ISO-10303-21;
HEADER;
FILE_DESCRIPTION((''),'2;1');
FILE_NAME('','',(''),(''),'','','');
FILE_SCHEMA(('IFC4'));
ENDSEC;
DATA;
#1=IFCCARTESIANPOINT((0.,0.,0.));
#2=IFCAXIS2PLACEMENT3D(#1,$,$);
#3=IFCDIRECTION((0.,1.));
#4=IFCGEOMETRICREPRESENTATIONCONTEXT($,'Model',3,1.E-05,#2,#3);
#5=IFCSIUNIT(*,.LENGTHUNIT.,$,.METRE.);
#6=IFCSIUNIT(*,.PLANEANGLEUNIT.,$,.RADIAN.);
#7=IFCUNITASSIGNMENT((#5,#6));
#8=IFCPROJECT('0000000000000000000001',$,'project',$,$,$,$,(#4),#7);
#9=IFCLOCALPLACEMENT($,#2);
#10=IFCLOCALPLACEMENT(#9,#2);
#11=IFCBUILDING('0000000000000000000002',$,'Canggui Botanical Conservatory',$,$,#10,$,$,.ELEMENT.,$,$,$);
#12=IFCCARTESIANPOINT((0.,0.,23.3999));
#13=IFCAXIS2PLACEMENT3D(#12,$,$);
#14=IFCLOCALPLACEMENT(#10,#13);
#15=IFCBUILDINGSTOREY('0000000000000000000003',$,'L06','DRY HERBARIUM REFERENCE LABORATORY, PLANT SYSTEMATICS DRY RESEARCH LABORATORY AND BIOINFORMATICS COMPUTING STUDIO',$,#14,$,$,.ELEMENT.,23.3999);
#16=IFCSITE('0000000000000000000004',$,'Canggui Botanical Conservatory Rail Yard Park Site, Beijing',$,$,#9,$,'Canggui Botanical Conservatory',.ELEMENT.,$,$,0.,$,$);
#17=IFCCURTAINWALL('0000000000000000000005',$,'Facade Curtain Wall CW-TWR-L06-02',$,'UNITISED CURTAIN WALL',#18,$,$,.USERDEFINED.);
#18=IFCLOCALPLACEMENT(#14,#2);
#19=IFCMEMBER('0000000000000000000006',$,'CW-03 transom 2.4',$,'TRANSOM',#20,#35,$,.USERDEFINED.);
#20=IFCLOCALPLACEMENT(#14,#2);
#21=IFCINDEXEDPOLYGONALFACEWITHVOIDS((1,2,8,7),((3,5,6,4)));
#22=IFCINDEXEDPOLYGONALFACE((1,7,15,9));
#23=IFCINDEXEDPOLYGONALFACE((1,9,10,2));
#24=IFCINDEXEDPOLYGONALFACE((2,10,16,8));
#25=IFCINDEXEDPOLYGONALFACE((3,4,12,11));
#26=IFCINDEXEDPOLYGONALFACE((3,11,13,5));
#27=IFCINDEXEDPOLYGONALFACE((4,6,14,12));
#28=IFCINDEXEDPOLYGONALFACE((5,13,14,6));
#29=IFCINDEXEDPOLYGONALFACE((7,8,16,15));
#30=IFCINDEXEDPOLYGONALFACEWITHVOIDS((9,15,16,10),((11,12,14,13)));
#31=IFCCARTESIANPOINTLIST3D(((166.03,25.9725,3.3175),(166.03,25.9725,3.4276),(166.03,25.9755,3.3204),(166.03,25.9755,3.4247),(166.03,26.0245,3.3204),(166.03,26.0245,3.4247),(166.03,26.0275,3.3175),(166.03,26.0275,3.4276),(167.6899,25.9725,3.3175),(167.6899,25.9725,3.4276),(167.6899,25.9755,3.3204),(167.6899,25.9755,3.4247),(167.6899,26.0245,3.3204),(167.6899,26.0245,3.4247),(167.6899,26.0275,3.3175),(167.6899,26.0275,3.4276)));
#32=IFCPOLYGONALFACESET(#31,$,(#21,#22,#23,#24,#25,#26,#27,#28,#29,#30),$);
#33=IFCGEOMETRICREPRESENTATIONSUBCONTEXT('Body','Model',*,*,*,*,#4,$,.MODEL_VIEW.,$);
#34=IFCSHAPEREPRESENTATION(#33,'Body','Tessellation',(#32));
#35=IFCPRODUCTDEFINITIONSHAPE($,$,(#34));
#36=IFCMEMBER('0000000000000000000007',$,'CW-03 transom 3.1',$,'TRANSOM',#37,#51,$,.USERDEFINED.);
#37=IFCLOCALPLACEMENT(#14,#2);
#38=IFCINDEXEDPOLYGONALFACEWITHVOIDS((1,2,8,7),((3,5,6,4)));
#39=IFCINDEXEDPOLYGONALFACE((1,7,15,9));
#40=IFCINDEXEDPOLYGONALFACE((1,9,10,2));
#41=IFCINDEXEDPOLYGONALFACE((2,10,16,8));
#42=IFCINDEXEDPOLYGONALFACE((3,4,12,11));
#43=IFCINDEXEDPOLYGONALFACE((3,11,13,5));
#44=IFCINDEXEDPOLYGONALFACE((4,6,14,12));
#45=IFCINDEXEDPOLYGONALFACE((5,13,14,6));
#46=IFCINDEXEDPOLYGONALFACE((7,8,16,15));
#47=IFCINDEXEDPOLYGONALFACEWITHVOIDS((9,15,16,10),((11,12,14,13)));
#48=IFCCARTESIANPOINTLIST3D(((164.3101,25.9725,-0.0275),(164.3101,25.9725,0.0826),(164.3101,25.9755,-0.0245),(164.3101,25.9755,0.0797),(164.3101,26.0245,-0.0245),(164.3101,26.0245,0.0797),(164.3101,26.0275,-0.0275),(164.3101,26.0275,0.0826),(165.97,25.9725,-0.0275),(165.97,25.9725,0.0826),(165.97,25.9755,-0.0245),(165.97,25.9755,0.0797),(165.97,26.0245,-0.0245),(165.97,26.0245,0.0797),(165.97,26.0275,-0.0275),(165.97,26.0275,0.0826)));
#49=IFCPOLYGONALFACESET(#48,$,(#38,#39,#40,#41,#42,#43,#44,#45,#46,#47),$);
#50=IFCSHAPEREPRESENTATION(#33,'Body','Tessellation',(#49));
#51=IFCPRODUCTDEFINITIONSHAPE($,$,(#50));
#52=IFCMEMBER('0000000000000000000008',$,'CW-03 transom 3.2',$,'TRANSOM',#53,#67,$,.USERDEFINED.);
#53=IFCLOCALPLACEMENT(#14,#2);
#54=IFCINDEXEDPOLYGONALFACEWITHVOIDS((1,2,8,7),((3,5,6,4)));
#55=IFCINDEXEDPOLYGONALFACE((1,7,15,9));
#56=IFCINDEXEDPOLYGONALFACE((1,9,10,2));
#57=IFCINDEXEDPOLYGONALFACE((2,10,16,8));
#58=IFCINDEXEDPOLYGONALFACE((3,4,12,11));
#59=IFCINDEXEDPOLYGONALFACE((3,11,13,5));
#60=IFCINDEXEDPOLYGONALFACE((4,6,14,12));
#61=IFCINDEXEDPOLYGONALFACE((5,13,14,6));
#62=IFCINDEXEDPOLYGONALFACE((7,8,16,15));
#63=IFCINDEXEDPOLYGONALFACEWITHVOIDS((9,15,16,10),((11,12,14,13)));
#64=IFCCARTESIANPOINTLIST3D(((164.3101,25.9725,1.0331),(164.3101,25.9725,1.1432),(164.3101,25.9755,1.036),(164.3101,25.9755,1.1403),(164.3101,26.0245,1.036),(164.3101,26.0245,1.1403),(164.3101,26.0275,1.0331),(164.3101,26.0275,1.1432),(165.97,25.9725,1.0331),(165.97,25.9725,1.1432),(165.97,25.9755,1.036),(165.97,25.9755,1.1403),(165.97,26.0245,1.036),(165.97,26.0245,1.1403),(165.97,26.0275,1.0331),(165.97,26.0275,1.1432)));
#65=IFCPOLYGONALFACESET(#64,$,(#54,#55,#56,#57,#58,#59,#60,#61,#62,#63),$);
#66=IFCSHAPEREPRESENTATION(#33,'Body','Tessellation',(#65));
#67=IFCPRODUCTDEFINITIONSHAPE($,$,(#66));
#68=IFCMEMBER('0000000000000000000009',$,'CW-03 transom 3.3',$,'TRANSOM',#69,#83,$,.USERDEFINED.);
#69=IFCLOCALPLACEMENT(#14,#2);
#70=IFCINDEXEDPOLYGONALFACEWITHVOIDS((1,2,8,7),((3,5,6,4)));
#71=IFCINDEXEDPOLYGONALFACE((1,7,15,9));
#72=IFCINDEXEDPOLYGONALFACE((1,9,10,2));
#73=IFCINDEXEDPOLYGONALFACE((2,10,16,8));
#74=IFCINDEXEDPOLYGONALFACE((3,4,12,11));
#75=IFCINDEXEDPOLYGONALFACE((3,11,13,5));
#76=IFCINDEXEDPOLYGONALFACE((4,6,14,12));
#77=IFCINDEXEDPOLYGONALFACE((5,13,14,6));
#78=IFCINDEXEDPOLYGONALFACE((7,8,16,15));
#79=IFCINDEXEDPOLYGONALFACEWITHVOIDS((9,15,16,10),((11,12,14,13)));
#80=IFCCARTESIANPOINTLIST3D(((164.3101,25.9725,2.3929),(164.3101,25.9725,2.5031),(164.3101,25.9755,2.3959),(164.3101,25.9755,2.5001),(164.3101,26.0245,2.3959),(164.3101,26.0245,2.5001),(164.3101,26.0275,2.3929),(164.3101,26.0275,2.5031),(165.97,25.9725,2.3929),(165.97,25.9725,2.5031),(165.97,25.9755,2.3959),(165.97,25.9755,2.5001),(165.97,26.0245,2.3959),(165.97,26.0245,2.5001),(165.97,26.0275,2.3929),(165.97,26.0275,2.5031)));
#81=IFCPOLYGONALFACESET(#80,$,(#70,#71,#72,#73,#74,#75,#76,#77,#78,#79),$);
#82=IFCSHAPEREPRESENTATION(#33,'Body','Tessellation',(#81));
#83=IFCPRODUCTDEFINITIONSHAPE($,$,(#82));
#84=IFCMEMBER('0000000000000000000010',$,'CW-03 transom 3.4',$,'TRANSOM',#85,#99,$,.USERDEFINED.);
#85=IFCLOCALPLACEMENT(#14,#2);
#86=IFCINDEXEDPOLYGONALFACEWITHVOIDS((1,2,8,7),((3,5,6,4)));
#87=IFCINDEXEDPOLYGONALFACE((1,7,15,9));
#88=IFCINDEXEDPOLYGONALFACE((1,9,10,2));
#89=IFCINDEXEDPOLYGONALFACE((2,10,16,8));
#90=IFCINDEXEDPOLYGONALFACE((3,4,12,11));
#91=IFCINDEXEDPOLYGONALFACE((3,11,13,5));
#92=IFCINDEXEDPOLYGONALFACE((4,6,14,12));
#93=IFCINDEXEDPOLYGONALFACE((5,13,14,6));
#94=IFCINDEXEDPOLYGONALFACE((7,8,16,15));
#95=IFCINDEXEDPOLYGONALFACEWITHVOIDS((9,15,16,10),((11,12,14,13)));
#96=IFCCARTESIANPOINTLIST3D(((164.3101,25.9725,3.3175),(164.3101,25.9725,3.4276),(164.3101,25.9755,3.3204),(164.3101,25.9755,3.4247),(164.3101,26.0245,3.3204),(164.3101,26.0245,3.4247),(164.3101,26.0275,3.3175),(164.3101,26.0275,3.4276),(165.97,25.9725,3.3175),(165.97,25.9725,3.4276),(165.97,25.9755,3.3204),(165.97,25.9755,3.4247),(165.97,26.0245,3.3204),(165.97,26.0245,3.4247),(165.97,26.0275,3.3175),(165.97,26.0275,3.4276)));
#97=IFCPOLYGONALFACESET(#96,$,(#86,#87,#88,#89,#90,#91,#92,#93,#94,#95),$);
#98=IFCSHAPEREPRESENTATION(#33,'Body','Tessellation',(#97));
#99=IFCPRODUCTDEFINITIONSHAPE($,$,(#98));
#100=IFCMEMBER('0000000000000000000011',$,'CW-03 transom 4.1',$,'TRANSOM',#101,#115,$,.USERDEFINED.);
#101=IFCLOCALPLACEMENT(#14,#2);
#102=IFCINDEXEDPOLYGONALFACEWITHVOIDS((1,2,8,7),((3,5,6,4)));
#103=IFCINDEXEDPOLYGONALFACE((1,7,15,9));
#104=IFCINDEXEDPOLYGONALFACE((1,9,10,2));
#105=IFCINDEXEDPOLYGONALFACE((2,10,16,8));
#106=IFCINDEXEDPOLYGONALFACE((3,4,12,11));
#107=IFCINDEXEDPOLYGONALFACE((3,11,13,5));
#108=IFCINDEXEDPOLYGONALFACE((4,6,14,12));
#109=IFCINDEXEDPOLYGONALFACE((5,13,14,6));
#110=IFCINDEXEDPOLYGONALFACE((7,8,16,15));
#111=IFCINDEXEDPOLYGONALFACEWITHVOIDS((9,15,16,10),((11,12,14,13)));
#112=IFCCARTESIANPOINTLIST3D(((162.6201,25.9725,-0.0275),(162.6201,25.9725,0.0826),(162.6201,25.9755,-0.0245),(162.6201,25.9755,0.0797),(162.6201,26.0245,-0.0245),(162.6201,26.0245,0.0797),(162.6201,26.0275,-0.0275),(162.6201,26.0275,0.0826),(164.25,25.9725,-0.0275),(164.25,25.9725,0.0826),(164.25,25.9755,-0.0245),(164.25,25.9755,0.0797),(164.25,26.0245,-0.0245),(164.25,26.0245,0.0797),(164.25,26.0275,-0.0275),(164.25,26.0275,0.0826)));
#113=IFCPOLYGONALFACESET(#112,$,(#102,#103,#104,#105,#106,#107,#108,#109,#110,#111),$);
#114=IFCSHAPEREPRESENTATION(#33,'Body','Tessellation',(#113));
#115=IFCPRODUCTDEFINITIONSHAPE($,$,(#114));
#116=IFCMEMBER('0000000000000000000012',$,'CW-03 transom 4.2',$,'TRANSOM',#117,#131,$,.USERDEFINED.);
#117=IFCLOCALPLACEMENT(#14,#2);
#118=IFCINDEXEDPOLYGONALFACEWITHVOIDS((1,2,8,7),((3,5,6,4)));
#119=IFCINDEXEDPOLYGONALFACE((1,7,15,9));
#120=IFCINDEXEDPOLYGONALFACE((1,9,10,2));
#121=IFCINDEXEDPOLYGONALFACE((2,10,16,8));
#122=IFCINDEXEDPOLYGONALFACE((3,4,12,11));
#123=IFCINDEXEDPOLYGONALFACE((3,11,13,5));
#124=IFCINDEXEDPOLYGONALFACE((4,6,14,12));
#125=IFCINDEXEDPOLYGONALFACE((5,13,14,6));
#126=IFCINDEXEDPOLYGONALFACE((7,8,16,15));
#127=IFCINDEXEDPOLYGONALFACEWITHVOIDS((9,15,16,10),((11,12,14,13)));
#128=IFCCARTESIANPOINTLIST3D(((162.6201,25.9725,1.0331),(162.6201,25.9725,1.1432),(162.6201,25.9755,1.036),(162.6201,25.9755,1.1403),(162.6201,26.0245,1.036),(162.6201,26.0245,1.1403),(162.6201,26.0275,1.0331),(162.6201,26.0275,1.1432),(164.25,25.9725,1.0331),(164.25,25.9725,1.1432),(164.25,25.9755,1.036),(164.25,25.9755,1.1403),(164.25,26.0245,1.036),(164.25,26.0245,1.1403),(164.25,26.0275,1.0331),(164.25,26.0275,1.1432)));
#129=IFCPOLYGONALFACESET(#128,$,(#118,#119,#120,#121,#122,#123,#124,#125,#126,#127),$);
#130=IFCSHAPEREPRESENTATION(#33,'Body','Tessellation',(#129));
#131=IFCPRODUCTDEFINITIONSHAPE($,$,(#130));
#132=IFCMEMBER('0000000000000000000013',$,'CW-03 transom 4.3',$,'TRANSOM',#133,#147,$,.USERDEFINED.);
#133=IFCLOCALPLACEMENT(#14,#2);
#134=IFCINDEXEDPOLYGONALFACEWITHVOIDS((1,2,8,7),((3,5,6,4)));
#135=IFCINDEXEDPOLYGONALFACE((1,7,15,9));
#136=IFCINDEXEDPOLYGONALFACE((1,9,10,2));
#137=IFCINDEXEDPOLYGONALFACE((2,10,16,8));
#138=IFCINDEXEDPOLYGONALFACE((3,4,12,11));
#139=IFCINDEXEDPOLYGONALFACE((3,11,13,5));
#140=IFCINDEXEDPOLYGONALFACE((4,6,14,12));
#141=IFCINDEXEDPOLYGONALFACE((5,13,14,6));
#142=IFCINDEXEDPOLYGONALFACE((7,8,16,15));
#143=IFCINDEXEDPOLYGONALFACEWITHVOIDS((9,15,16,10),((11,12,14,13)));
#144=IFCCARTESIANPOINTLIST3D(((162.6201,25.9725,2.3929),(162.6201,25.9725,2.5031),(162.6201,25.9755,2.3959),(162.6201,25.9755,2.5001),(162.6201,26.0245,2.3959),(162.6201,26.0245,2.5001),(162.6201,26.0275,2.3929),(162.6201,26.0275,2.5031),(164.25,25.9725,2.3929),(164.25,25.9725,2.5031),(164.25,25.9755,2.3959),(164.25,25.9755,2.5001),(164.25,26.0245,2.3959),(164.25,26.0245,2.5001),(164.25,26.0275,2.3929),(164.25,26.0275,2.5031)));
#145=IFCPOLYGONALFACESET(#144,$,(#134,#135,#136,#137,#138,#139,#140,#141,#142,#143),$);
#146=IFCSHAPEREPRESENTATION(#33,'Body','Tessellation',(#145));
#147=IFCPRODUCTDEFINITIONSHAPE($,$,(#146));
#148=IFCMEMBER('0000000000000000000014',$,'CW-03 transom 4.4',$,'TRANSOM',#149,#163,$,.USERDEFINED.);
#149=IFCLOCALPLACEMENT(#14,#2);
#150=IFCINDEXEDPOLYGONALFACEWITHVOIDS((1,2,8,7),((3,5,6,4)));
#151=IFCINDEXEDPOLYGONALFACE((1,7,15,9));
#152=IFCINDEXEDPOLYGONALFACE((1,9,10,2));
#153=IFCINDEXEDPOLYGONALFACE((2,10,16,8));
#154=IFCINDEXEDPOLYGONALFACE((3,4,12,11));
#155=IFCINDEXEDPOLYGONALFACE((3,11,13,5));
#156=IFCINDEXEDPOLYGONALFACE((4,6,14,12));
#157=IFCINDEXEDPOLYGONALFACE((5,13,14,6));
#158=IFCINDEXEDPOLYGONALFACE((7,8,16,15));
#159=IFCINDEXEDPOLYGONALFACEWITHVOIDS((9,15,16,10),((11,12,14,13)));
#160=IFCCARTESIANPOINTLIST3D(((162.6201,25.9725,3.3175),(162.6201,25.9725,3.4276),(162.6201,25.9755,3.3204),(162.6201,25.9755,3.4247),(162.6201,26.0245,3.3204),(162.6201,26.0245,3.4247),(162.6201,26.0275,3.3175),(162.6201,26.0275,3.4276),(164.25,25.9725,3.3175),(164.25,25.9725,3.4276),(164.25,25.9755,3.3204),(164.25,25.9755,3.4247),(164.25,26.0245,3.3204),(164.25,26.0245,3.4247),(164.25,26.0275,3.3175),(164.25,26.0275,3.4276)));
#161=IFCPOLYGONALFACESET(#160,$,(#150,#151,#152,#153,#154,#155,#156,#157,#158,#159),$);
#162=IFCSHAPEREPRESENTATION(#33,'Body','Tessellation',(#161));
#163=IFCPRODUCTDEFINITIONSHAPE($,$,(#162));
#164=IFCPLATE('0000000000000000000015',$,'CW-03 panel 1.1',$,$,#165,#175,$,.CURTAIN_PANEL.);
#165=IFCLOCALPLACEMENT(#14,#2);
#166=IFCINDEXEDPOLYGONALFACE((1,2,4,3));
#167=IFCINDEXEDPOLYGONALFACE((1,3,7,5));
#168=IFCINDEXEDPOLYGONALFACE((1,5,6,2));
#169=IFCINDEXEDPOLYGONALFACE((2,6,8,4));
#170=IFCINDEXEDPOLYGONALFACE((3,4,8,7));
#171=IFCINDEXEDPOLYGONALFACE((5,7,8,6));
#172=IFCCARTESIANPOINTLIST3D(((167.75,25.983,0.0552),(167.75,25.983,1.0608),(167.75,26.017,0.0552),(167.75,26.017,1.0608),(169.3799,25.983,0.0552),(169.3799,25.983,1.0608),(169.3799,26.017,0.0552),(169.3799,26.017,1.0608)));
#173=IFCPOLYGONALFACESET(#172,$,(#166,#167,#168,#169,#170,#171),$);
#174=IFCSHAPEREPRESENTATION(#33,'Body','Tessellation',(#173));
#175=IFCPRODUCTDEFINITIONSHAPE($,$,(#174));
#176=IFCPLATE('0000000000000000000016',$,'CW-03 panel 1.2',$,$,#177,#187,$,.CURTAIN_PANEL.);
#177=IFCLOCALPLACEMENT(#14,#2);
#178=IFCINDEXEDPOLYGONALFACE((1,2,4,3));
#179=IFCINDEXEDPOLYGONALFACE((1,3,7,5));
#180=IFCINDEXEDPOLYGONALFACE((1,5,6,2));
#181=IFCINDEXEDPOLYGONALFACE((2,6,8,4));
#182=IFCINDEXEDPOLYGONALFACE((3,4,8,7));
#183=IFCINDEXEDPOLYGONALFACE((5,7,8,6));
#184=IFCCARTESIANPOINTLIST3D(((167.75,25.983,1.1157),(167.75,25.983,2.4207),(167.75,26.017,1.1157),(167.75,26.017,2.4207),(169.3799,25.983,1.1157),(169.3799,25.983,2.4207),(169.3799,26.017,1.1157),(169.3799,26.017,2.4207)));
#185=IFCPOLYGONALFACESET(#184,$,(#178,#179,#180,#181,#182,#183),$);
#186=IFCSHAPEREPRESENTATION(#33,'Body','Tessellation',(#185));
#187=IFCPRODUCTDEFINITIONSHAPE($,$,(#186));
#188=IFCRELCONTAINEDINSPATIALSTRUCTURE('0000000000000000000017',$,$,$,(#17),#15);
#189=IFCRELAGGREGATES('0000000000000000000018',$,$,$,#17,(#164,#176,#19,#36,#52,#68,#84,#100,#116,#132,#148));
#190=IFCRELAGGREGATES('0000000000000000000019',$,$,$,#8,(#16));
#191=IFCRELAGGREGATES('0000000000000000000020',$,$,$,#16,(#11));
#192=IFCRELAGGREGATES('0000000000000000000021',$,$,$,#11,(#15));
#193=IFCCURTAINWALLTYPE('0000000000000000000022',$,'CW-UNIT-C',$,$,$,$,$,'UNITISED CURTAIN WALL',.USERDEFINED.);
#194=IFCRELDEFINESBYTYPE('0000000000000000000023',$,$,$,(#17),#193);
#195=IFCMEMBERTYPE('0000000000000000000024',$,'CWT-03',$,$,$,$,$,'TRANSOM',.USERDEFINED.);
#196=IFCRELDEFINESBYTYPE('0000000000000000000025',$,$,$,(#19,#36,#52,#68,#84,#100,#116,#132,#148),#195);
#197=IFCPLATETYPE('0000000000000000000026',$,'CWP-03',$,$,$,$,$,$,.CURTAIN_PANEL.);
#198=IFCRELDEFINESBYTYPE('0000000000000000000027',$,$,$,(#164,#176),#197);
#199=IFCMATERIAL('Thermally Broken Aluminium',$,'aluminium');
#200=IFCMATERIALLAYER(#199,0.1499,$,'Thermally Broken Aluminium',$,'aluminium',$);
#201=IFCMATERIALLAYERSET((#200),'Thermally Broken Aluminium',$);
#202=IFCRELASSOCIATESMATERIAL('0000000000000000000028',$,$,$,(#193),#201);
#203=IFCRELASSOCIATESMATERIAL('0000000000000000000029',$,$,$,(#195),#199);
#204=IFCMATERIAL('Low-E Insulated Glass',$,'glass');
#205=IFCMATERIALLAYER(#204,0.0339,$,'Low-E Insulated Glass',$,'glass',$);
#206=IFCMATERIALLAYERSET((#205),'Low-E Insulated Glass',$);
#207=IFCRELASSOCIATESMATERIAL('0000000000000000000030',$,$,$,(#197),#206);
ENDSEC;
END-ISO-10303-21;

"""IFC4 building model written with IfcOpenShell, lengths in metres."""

from ifc_helpers import new_model, si_unit, direction, frame, origin, origin_2d, place, context, subcontext, project, spatial, rectangle, hollow_rectangle, extrude, material, layer, layer_set, material_profile, profile_set, type_object, element, aggregate, save


model = new_model("IFC4")

# Units and contexts
model_context = context("Model", 3, precision=1e-05, world=origin(), true_north=direction((0.0, 1.0)))
body_context = subcontext(model_context, "Body", "Model", "MODEL_VIEW")
ifc_project = project(units=[si_unit("LENGTHUNIT", "METRE"), si_unit("PLANEANGLEUNIT", "RADIAN")], contexts=[model_context])

# Site, building, storey
site_placement = place(None, origin())
site = spatial("IfcSite", under=ifc_project, at=site_placement, Name="Canggui Botanical Conservatory Rail Yard Park Site, Beijing", LongName="Canggui Botanical Conservatory", CompositionType="ELEMENT", RefElevation=0.0)
building_placement = place(site_placement, origin())
building = spatial("IfcBuilding", under=site, at=building_placement, Name="Canggui Botanical Conservatory", CompositionType="ELEMENT")
storey_placement = place(building_placement, frame((0.0, 0.0, 23.3999)))
storey = spatial("IfcBuildingStorey", under=building, at=storey_placement, Name="L06", Description="DRY HERBARIUM REFERENCE LABORATORY, PLANT SYSTEMATICS DRY RESEARCH LABORATORY AND BIOINFORMATICS COMPUTING STUDIO", CompositionType="ELEMENT", Elevation=23.3999)

# Curtain wall, members, plates
ifc_material_1 = material(Name="Thermally Broken Aluminium", Category="aluminium")
ifc_layer_1 = layer(ifc_material_1, 0.1499, Name="Thermally Broken Aluminium", Category="aluminium")
ifc_layer_set_1 = layer_set([ifc_layer_1], Name="Thermally Broken Aluminium")
curtain_wall_type = type_object("IfcCurtainWallType", Name="CW-UNIT-C", ElementType="UNITISED CURTAIN WALL", PredefinedType="USERDEFINED", material=ifc_layer_set_1)
curtain_wall_placement = place(storey_placement, origin())
curtain_wall = element("IfcCurtainWall", 1, at=curtain_wall_placement, inside=storey, type_object=curtain_wall_type, Name="Facade Curtain Wall CW-TWR-L06-02", ObjectType="UNITISED CURTAIN WALL", PredefinedType="USERDEFINED")
ifc_material_profile_1 = material_profile(ifc_material_1, hollow_rectangle(XDim=0.0549, YDim=0.1101, WallThickness=0.0029, at=origin_2d()), Name="CWT 55x110x3")
ifc_profile_set_1 = profile_set([ifc_material_profile_1], Name="Thermally Broken Aluminium")
member_type_1 = type_object("IfcMemberType", Name="CWT-03", ElementType="TRANSOM", PredefinedType="USERDEFINED", material=ifc_profile_set_1)
member_1_placement = place(storey_placement, frame((167.6899, 26.0, 3.3726), z_axis=(-1.0, 0.0, 0.0), x_axis=(0.0, -1.0, 0.0)))
member_1 = element("IfcMember", 2, at=member_1_placement, type_object=member_type_1, Name="CW-03 transom 2.4", ObjectType="TRANSOM", PredefinedType="USERDEFINED", context=body_context, shape_type="SweptSolid", body=[
    extrude(hollow_rectangle(XDim=0.0549, YDim=0.1101, WallThickness=0.0029, at=origin_2d()), origin(), (0.0, 0.0, 1.0), 1.6599),
])
member_2_placement = place(storey_placement, frame((165.97, 26.0, 0.0276), z_axis=(-1.0, 0.0, 0.0), x_axis=(0.0, -1.0, 0.0)))
member_2 = element("IfcMember", 3, at=member_2_placement, type_object=member_type_1, Name="CW-03 transom 3.1", ObjectType="TRANSOM", PredefinedType="USERDEFINED", context=body_context, shape_type="SweptSolid", body=[
    extrude(hollow_rectangle(XDim=0.0549, YDim=0.1101, WallThickness=0.0029, at=origin_2d()), origin(), (0.0, 0.0, 1.0), 1.6599),
])
member_3_placement = place(storey_placement, frame((165.97, 26.0, 1.0881), z_axis=(-1.0, 0.0, 0.0), x_axis=(0.0, -1.0, 0.0)))
member_3 = element("IfcMember", 4, at=member_3_placement, type_object=member_type_1, Name="CW-03 transom 3.2", ObjectType="TRANSOM", PredefinedType="USERDEFINED", context=body_context, shape_type="SweptSolid", body=[
    extrude(hollow_rectangle(XDim=0.0549, YDim=0.1101, WallThickness=0.0029, at=origin_2d()), origin(), (0.0, 0.0, 1.0), 1.6599),
])
member_4_placement = place(storey_placement, frame((165.97, 26.0, 2.448), z_axis=(-1.0, 0.0, 0.0), x_axis=(0.0, -1.0, 0.0)))
member_4 = element("IfcMember", 5, at=member_4_placement, type_object=member_type_1, Name="CW-03 transom 3.3", ObjectType="TRANSOM", PredefinedType="USERDEFINED", context=body_context, shape_type="SweptSolid", body=[
    extrude(hollow_rectangle(XDim=0.0549, YDim=0.1101, WallThickness=0.0029, at=origin_2d()), origin(), (0.0, 0.0, 1.0), 1.6599),
])
member_5_placement = place(storey_placement, frame((165.97, 26.0, 3.3726), z_axis=(-1.0, 0.0, 0.0), x_axis=(0.0, -1.0, 0.0)))
member_5 = element("IfcMember", 6, at=member_5_placement, type_object=member_type_1, Name="CW-03 transom 3.4", ObjectType="TRANSOM", PredefinedType="USERDEFINED", context=body_context, shape_type="SweptSolid", body=[
    extrude(hollow_rectangle(XDim=0.0549, YDim=0.1101, WallThickness=0.0029, at=origin_2d()), origin(), (0.0, 0.0, 1.0), 1.6599),
])
member_6_placement = place(storey_placement, frame((164.25, 26.0, 0.0276), z_axis=(-1.0, 0.0, 0.0), x_axis=(0.0, -1.0, 0.0)))
member_6 = element("IfcMember", 7, at=member_6_placement, type_object=member_type_1, Name="CW-03 transom 4.1", ObjectType="TRANSOM", PredefinedType="USERDEFINED", context=body_context, shape_type="SweptSolid", body=[
    extrude(hollow_rectangle(XDim=0.0549, YDim=0.1101, WallThickness=0.0029, at=origin_2d()), origin(), (0.0, 0.0, 1.0), 1.6299),
])
member_7_placement = place(storey_placement, frame((164.25, 26.0, 1.0881), z_axis=(-1.0, 0.0, 0.0), x_axis=(0.0, -1.0, 0.0)))
member_7 = element("IfcMember", 8, at=member_7_placement, type_object=member_type_1, Name="CW-03 transom 4.2", ObjectType="TRANSOM", PredefinedType="USERDEFINED", context=body_context, shape_type="SweptSolid", body=[
    extrude(hollow_rectangle(XDim=0.0549, YDim=0.1101, WallThickness=0.0029, at=origin_2d()), origin(), (0.0, 0.0, 1.0), 1.6299),
])
member_8_placement = place(storey_placement, frame((164.25, 26.0, 2.448), z_axis=(-1.0, 0.0, 0.0), x_axis=(0.0, -1.0, 0.0)))
member_8 = element("IfcMember", 9, at=member_8_placement, type_object=member_type_1, Name="CW-03 transom 4.3", ObjectType="TRANSOM", PredefinedType="USERDEFINED", context=body_context, shape_type="SweptSolid", body=[
    extrude(hollow_rectangle(XDim=0.0549, YDim=0.1101, WallThickness=0.0029, at=origin_2d()), origin(), (0.0, 0.0, 1.0), 1.6299),
])
member_9_placement = place(storey_placement, frame((164.25, 26.0, 3.3726), z_axis=(-1.0, 0.0, 0.0), x_axis=(0.0, -1.0, 0.0)))
member_9 = element("IfcMember", 10, at=member_9_placement, type_object=member_type_1, Name="CW-03 transom 4.4", ObjectType="TRANSOM", PredefinedType="USERDEFINED", context=body_context, shape_type="SweptSolid", body=[
    extrude(hollow_rectangle(XDim=0.0549, YDim=0.1101, WallThickness=0.0029, at=origin_2d()), origin(), (0.0, 0.0, 1.0), 1.6299),
])
ifc_material_2 = material(Name="Low-E Insulated Glass", Category="glass")
ifc_layer_2 = layer(ifc_material_2, 0.0339, Name="Low-E Insulated Glass", Category="glass")
ifc_layer_set_2 = layer_set([ifc_layer_2], Name="Low-E Insulated Glass")
plate_type = type_object("IfcPlateType", Name="CWP-03", PredefinedType="CURTAIN_PANEL", material=ifc_layer_set_2)
plate_1_placement = place(storey_placement, frame((168.5649, 26.0, 0.0552), z_axis=(0.0, 0.0, 1.0), x_axis=(-1.0, 0.0, 0.0)))
plate_1 = element("IfcPlate", 11, at=plate_1_placement, type_object=plate_type, Name="CW-03 panel 1.1", PredefinedType="CURTAIN_PANEL", context=body_context, shape_type="SweptSolid", body=[
    extrude(rectangle(XDim=1.6299, YDim=0.0339, at=origin_2d()), origin(), (0.0, 0.0, 1.0), 1.0056),
])
plate_2_placement = place(storey_placement, frame((168.5649, 26.0, 1.1157), z_axis=(0.0, 0.0, 1.0), x_axis=(-1.0, 0.0, 0.0)))
plate_2 = element("IfcPlate", 12, at=plate_2_placement, type_object=plate_type, Name="CW-03 panel 1.2", PredefinedType="CURTAIN_PANEL", context=body_context, shape_type="SweptSolid", body=[
    extrude(rectangle(XDim=1.6299, YDim=0.0339, at=origin_2d()), origin(), (0.0, 0.0, 1.0), 1.3049),
])
aggregate(curtain_wall, [plate_1, plate_2, member_1, member_2, member_3, member_4, member_5, member_6, member_7, member_8, member_9])

save(model, "model.ifc")
